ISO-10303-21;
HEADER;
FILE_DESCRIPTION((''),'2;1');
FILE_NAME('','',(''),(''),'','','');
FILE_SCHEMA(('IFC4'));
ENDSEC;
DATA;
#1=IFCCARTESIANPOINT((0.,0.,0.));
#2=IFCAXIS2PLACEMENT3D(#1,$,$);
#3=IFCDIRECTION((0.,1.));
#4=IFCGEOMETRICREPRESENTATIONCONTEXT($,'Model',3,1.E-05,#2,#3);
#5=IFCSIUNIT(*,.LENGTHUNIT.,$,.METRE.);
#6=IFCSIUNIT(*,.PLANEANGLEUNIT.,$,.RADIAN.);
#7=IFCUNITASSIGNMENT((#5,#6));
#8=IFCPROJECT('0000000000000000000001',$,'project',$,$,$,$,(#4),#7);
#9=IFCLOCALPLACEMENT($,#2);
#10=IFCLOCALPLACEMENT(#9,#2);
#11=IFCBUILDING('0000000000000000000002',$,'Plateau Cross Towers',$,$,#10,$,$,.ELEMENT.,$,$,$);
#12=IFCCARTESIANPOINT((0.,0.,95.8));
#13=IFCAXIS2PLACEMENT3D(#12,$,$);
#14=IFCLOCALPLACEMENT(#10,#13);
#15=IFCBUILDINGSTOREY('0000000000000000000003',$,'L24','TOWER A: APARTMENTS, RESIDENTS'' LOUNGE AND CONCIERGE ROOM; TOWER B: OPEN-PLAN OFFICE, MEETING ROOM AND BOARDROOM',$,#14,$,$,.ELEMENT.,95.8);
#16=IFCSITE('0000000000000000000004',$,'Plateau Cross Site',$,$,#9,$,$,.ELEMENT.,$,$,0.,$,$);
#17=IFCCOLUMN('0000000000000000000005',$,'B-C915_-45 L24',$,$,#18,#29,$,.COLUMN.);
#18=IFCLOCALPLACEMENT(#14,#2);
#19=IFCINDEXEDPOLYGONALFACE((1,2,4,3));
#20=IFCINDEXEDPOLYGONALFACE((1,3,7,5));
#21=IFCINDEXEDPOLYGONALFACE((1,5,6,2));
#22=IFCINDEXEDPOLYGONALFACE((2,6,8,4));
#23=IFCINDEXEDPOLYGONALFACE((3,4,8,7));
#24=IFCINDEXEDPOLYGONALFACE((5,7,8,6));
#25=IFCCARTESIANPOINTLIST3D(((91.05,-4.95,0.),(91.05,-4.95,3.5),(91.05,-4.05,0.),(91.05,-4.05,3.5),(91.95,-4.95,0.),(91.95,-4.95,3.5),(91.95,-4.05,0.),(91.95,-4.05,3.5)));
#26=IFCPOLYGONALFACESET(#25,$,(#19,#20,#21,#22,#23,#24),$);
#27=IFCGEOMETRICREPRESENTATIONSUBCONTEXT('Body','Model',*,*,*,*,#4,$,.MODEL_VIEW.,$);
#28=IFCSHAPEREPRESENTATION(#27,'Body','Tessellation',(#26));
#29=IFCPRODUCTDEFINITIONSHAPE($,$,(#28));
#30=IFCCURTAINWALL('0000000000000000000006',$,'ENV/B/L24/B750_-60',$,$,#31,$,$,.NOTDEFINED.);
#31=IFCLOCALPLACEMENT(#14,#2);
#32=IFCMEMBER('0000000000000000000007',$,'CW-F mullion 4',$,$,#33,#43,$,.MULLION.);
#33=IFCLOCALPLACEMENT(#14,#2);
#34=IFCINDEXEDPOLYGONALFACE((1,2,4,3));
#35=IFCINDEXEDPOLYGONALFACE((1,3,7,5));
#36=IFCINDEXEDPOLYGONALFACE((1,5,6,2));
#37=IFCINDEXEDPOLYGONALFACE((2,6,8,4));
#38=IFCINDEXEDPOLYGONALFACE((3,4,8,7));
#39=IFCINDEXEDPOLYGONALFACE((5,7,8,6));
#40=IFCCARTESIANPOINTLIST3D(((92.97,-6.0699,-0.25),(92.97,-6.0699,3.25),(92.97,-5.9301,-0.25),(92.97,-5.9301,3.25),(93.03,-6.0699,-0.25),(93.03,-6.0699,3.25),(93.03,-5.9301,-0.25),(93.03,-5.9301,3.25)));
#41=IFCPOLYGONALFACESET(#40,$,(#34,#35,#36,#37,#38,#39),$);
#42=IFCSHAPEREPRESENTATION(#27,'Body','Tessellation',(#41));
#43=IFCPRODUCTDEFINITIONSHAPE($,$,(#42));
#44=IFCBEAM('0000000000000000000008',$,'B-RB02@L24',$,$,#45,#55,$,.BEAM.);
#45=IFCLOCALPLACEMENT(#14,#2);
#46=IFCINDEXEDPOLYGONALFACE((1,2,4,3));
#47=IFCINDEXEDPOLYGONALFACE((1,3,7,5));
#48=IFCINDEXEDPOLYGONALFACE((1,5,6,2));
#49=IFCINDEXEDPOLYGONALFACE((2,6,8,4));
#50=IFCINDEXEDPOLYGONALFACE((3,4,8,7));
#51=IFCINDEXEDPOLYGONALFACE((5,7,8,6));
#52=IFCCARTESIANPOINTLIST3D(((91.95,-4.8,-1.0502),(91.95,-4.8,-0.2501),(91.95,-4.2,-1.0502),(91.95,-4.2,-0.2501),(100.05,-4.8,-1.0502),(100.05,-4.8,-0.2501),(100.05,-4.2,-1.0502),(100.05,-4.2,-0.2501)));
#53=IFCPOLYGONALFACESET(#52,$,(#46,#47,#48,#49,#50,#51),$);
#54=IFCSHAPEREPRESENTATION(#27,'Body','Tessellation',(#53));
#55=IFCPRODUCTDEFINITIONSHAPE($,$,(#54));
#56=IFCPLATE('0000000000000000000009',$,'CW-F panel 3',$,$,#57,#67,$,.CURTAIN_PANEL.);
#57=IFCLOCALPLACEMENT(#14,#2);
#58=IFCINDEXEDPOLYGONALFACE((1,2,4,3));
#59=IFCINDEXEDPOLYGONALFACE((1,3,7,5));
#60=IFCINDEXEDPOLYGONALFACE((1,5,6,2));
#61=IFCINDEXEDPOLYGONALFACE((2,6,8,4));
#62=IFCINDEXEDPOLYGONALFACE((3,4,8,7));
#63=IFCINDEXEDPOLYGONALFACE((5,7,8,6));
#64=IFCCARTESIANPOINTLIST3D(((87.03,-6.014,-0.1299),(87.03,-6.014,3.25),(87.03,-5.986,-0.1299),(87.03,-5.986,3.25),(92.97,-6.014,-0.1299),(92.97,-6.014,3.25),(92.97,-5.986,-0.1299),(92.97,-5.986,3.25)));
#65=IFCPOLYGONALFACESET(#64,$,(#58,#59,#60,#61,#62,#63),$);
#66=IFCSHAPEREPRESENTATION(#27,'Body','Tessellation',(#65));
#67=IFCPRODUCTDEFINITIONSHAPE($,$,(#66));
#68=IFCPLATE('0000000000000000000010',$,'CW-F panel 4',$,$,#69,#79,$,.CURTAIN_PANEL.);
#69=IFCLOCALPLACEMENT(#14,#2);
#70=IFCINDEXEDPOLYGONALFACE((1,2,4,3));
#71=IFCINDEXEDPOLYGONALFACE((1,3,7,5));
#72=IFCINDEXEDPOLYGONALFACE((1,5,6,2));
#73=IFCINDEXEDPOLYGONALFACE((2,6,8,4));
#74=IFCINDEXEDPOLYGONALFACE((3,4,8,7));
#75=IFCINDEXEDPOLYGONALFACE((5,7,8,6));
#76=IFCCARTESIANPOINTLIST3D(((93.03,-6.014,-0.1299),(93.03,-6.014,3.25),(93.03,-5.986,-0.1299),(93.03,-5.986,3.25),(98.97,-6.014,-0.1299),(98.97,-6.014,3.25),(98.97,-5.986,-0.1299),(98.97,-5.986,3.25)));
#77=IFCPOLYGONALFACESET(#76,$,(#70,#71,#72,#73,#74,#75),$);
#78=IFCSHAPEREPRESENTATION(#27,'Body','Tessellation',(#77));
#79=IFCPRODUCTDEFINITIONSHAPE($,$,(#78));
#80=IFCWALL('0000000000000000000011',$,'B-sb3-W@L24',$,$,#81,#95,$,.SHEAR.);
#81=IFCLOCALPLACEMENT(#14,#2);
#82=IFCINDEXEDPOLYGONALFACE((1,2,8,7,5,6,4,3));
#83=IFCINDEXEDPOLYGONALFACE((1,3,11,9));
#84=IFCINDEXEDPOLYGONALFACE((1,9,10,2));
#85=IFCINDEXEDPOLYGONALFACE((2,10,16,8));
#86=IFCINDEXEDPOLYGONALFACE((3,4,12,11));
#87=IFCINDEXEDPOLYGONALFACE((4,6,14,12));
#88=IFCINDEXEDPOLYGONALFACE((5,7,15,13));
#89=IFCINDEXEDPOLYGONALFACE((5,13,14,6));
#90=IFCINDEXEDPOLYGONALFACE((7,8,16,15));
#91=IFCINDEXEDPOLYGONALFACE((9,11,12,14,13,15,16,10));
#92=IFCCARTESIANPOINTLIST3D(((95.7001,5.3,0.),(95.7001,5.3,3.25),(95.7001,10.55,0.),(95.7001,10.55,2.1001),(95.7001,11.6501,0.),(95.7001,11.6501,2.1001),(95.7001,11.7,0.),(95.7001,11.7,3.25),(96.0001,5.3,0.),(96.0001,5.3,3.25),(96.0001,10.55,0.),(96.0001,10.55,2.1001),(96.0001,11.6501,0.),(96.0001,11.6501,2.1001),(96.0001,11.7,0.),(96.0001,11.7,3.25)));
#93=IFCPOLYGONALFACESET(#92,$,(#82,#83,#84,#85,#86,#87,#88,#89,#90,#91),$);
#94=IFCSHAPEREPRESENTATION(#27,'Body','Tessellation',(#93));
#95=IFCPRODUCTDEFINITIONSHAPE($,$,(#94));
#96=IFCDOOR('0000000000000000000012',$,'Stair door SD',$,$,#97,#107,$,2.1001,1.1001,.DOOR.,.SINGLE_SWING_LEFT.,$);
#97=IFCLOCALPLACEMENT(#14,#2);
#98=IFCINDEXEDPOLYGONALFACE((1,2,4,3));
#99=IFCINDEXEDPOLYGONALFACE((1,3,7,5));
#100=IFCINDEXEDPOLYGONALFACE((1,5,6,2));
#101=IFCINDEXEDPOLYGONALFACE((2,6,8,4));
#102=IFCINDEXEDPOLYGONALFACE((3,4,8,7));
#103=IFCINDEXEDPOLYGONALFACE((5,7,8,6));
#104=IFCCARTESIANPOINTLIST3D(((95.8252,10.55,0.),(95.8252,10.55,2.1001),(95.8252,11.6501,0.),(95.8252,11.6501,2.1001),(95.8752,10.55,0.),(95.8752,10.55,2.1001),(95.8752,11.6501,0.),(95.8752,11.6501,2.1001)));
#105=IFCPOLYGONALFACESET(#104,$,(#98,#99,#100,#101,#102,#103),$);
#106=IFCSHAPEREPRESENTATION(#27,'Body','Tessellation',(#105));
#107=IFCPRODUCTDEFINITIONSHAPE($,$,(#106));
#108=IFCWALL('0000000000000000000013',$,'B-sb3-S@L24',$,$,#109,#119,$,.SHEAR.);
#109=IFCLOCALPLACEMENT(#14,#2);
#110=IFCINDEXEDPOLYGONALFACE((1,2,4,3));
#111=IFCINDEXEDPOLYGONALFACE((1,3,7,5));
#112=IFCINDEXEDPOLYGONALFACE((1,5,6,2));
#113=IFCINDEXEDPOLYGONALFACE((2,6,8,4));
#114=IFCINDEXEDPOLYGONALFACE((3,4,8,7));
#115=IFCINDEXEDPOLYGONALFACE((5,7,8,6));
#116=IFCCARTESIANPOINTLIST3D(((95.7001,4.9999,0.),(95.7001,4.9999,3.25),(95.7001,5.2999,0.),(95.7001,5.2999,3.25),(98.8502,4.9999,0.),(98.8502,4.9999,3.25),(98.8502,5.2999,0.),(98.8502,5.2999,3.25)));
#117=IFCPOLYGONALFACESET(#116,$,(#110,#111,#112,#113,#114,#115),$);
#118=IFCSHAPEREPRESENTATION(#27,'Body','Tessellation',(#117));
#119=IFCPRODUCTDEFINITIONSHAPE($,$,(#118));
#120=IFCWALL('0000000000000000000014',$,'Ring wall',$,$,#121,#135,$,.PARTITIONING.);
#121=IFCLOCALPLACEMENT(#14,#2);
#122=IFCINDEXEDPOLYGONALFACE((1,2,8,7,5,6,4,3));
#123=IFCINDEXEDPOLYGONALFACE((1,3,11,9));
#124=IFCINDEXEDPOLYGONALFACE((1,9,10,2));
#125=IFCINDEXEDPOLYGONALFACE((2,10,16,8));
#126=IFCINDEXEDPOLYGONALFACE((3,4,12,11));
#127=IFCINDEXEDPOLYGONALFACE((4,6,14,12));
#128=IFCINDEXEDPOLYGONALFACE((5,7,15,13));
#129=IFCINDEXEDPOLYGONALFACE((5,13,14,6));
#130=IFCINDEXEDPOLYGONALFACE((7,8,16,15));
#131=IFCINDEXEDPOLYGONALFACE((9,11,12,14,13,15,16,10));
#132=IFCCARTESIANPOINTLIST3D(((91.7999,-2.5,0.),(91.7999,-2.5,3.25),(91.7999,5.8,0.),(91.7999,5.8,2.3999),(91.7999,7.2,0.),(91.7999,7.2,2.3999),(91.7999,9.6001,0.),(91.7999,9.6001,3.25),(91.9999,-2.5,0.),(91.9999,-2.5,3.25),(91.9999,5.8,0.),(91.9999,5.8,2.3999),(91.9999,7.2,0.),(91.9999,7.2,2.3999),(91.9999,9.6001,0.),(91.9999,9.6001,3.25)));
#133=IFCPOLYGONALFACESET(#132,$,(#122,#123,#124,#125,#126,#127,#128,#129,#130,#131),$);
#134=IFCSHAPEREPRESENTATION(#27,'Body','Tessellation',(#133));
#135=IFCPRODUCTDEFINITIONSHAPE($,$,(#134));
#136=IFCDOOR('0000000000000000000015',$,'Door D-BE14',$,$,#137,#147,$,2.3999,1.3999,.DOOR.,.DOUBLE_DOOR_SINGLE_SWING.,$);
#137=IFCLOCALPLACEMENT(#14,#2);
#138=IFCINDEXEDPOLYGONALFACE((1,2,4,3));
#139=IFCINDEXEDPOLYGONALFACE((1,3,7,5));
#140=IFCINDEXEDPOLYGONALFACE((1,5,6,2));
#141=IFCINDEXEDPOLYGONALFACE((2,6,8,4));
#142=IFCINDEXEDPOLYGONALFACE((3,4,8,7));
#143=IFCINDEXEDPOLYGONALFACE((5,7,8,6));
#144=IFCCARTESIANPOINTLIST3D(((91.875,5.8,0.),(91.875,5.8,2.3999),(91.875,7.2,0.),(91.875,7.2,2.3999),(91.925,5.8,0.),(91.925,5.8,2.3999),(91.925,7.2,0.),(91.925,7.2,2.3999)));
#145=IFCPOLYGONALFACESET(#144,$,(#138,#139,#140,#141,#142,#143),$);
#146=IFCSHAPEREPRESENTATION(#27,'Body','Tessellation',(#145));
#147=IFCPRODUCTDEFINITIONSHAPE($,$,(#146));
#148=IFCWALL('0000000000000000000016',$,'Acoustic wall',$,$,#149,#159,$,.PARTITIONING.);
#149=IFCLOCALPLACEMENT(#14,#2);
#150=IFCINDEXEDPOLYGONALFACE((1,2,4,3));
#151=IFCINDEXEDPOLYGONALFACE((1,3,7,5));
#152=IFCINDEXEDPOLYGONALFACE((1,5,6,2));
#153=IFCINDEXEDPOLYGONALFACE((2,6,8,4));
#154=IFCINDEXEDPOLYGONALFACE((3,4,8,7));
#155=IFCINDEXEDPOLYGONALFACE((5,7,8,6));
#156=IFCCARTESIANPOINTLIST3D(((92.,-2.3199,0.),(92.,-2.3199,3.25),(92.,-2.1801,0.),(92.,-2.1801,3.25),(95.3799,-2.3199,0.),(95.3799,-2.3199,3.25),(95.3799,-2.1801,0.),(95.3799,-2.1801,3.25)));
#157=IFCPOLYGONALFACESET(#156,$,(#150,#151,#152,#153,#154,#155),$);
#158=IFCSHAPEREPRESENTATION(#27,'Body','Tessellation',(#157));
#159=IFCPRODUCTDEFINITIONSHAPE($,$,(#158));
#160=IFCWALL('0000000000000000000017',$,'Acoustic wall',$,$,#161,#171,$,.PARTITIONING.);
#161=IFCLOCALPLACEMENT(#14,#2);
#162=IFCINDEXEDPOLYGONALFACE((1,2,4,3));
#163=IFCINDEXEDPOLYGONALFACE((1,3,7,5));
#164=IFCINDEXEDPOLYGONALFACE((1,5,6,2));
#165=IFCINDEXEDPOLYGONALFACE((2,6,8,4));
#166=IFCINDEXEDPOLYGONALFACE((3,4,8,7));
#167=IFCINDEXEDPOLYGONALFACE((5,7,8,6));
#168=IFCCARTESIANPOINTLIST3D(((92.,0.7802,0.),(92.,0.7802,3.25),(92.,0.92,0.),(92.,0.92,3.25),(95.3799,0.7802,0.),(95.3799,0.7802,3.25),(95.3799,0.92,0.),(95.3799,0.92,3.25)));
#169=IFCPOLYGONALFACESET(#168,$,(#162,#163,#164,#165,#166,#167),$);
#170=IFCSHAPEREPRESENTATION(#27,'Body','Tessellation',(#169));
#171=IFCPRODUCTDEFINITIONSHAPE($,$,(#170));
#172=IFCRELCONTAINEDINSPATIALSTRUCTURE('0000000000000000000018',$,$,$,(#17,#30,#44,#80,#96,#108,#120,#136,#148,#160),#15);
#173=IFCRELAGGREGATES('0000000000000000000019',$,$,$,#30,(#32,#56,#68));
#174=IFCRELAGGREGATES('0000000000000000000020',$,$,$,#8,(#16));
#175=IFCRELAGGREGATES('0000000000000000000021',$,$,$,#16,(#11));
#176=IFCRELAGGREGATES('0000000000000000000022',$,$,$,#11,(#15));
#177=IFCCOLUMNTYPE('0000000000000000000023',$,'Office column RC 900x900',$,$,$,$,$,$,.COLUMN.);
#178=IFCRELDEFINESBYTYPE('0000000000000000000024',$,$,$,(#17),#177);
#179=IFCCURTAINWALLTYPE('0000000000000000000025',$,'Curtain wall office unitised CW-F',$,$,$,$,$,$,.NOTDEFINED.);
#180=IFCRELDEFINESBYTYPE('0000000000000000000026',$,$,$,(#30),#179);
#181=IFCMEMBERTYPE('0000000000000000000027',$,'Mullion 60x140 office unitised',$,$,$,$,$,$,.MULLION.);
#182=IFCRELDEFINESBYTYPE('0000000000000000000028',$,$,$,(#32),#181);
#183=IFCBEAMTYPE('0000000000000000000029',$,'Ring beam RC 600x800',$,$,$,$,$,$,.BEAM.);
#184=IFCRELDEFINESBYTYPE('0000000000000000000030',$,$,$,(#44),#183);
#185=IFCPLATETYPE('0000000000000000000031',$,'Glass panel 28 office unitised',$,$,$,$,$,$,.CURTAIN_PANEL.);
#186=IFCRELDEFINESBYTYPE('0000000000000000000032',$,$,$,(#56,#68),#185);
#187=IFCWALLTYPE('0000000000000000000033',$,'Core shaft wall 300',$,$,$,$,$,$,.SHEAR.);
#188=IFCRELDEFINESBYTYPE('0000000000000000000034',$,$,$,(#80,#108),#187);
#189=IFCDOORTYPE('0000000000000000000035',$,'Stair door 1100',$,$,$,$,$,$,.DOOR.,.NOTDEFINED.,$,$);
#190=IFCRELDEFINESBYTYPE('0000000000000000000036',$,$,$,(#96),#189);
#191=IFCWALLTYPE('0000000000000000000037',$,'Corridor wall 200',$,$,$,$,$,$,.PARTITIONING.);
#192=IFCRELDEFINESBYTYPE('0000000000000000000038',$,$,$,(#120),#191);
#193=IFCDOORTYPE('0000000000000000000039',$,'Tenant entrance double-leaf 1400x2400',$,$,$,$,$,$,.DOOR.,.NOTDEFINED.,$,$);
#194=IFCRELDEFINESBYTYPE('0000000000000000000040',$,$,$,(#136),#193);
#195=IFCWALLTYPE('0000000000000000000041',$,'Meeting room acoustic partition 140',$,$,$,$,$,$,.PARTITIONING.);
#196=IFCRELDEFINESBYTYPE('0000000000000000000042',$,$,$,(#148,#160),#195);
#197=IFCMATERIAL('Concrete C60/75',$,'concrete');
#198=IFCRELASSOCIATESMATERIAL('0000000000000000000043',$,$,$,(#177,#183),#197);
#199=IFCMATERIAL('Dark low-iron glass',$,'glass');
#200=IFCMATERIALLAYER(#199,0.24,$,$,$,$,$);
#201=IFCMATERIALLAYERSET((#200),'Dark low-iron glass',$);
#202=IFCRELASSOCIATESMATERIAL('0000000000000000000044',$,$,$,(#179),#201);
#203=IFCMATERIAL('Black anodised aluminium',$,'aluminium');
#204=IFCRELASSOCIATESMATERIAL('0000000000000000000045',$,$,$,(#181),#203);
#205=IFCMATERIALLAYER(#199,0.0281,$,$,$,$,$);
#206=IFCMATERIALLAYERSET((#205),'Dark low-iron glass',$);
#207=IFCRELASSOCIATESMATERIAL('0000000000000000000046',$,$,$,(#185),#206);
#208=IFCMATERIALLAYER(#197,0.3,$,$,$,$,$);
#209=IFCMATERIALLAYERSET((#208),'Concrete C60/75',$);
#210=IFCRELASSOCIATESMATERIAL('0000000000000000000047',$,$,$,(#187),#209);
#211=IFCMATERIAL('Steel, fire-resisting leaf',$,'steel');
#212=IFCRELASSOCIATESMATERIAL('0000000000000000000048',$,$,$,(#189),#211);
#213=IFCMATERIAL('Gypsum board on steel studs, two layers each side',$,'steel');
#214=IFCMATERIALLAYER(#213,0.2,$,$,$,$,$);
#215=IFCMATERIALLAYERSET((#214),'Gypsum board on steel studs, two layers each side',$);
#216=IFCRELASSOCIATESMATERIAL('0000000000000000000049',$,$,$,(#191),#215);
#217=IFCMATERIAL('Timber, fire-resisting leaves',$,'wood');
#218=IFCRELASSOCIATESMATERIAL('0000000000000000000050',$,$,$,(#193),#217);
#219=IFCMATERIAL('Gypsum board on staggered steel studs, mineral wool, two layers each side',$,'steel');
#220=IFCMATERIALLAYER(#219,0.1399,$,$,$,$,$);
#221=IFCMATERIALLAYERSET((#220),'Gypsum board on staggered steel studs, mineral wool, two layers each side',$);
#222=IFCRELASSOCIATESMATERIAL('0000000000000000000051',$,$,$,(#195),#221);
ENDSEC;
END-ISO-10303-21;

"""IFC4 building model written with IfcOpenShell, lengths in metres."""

from ifc_helpers import new_model, si_unit, direction, frame, frame_2d, origin, origin_2d, place, context, subcontext, project, spatial, rectangle, extrude, material, layer, layer_set, material_profile, profile_set, type_object, element, fill, aggregate, save


model = new_model("IFC4")

# Units and contexts
model_context = context("Model", 3, precision=1e-05, world=origin(), true_north=direction((0.0, 1.0)))
body_context = subcontext(model_context, "Body", "Model", "MODEL_VIEW")
ifc_project = project(units=[si_unit("LENGTHUNIT", "METRE"), si_unit("PLANEANGLEUNIT", "RADIAN")], contexts=[model_context])

# Site, building, storey
site_placement = place(None, origin())
site = spatial("IfcSite", under=ifc_project, at=site_placement, Name="Plateau Cross Site", CompositionType="ELEMENT", RefElevation=0.0)
building_placement = place(site_placement, origin())
building = spatial("IfcBuilding", under=site, at=building_placement, Name="Plateau Cross Towers", CompositionType="ELEMENT")
storey_placement = place(building_placement, frame((0.0, 0.0, 95.8)))
storey = spatial("IfcBuildingStorey", under=building, at=storey_placement, Name="L24", Description="TOWER A: APARTMENTS, RESIDENTS' LOUNGE AND CONCIERGE ROOM; TOWER B: OPEN-PLAN OFFICE, MEETING ROOM AND BOARDROOM", CompositionType="ELEMENT", Elevation=95.8)

# Column
ifc_material_1 = material(Name="Concrete C60/75", Category="concrete")
ifc_material_profile_1 = material_profile(ifc_material_1, rectangle(XDim=0.8999, YDim=0.8999, at=origin_2d()), Name="RC 900x900")
ifc_profile_set_1 = profile_set([ifc_material_profile_1], Name="Concrete C60/75")
column_type = type_object("IfcColumnType", Name="Office column RC 900x900", PredefinedType="COLUMN", material=ifc_profile_set_1)
column_placement = place(storey_placement, frame((91.5, -4.5, 0.0), z_axis=(0.0, 0.0, 1.0), x_axis=(1.0, 0.0, 0.0)))
element("IfcColumn", 1, at=column_placement, inside=storey, type_object=column_type, Name="B-C915_-45 L24", PredefinedType="COLUMN", context=body_context, shape_type="SweptSolid", body=[
    extrude(rectangle(XDim=0.8999, YDim=0.8999, at=origin_2d()), origin(), (0.0, 0.0, 1.0), 3.5),
])

# Curtain wall, member
ifc_material_2 = material(Name="Dark low-iron glass", Category="glass")
ifc_layer_1 = layer(ifc_material_2, 0.24)
ifc_layer_set_1 = layer_set([ifc_layer_1], Name="Dark low-iron glass")
curtain_wall_type = type_object("IfcCurtainWallType", Name="Curtain wall office unitised CW-F", PredefinedType="NOTDEFINED", material=ifc_layer_set_1)
curtain_wall_placement = place(storey_placement, origin())
curtain_wall = element("IfcCurtainWall", 2, at=curtain_wall_placement, inside=storey, type_object=curtain_wall_type, Name="ENV/B/L24/B750_-60", PredefinedType="NOTDEFINED")
ifc_material_3 = material(Name="Black anodised aluminium", Category="aluminium")
ifc_material_profile_2 = material_profile(ifc_material_3, rectangle(XDim=0.0601, YDim=0.1399, at=origin_2d()), Name="MULLION 60x140")
ifc_profile_set_2 = profile_set([ifc_material_profile_2], Name="Black anodised aluminium")
member_type = type_object("IfcMemberType", Name="Mullion 60x140 office unitised", PredefinedType="MULLION", material=ifc_profile_set_2)
member_placement = place(storey_placement, frame((93.0, -6.0, -0.25), z_axis=(0.0, 0.0, 1.0), x_axis=(1.0, 0.0, 0.0)))
member = element("IfcMember", 3, at=member_placement, type_object=member_type, Name="CW-F mullion 4", PredefinedType="MULLION", context=body_context, shape_type="SweptSolid", body=[
    extrude(rectangle(XDim=0.0601, YDim=0.1399, at=origin_2d()), origin(), (0.0, 0.0, 1.0), 3.5),
])

# Beam
ifc_material_profile_3 = material_profile(ifc_material_1, rectangle(XDim=0.6001, YDim=0.8, at=origin_2d()), Name="RC 600x800")
ifc_profile_set_3 = profile_set([ifc_material_profile_3], Name="Concrete C60/75")
beam_type = type_object("IfcBeamType", Name="Ring beam RC 600x800", PredefinedType="BEAM", material=ifc_profile_set_3)
beam_placement = place(storey_placement, frame((91.95, -4.5, -0.6501), z_axis=(1.0, 0.0, 0.0), x_axis=(0.0, 1.0, 0.0)))
element("IfcBeam", 4, at=beam_placement, inside=storey, type_object=beam_type, Name="B-RB02@L24", PredefinedType="BEAM", context=body_context, shape_type="SweptSolid", body=[
    extrude(rectangle(XDim=0.6001, YDim=0.8, at=origin_2d()), origin(), (0.0, 0.0, 1.0), 8.1001),
])

# Plates
ifc_layer_2 = layer(ifc_material_2, 0.0281)
ifc_layer_set_2 = layer_set([ifc_layer_2], Name="Dark low-iron glass")
plate_type = type_object("IfcPlateType", Name="Glass panel 28 office unitised", PredefinedType="CURTAIN_PANEL", material=ifc_layer_set_2)
plate_1_placement = place(storey_placement, frame((90.0, -6.0, -0.1299), z_axis=(0.0, 0.0, 1.0), x_axis=(1.0, 0.0, 0.0)))
plate_1 = element("IfcPlate", 5, at=plate_1_placement, type_object=plate_type, Name="CW-F panel 3", PredefinedType="CURTAIN_PANEL", context=body_context, shape_type="SweptSolid", body=[
    extrude(rectangle(XDim=5.9399, YDim=0.0281, at=origin_2d()), origin(), (0.0, 0.0, 1.0), 3.3799),
])
plate_2_placement = place(storey_placement, frame((96.0, -6.0, -0.1299), z_axis=(0.0, 0.0, 1.0), x_axis=(1.0, 0.0, 0.0)))
plate_2 = element("IfcPlate", 6, at=plate_2_placement, type_object=plate_type, Name="CW-F panel 4", PredefinedType="CURTAIN_PANEL", context=body_context, shape_type="SweptSolid", body=[
    extrude(rectangle(XDim=5.9399, YDim=0.0281, at=origin_2d()), origin(), (0.0, 0.0, 1.0), 3.3799),
])
aggregate(curtain_wall, [member, plate_1, plate_2])

# Wall, opening, door
ifc_layer_3 = layer(ifc_material_1, 0.3)
ifc_layer_set_3 = layer_set([ifc_layer_3], Name="Concrete C60/75")
wall_type_1 = type_object("IfcWallType", Name="Core shaft wall 300", PredefinedType="SHEAR", material=ifc_layer_set_3)
wall_1_placement = place(storey_placement, frame((95.8501, 5.3, 0.0), z_axis=(0.0, 0.0, 1.0), x_axis=(0.0, 1.0, 0.0)))
wall_1 = element("IfcWall", 7, at=wall_1_placement, inside=storey, type_object=wall_type_1, Name="B-sb3-W@L24", PredefinedType="SHEAR", context=body_context, shape_type="SweptSolid", body=[
    extrude(rectangle(XDim=6.3999, YDim=0.3, at=frame_2d((3.2, 0.0))), origin(), (0.0, 0.0, 1.0), 3.25),
])
opening_1_placement = place(wall_1_placement, frame((5.25, 0.0, 0.0)))
opening_1 = element("IfcOpeningElement", 8, at=opening_1_placement, cuts=wall_1, PredefinedType="OPENING", context=body_context, shape_type="SweptSolid", body=[
    extrude(rectangle(XDim=1.1001, YDim=2.1001, at=frame_2d((0.55, 1.05))), frame((0.0, 0.1599, 0.0), z_axis=(0.0, -1.0, 0.0), x_axis=(1.0, 0.0, 0.0)), (0.0, 0.0, 1.0), 0.3201),
])
ifc_material_4 = material(Name="Steel, fire-resisting leaf", Category="steel")
door_type_1 = type_object("IfcDoorType", Name="Stair door 1100", OperationType="NOTDEFINED", PredefinedType="DOOR", material=ifc_material_4)
door_1_placement = place(opening_1_placement, origin())
door_1 = element("IfcDoor", 9, at=door_1_placement, inside=storey, type_object=door_type_1, Name="Stair door SD", OperationType="SINGLE_SWING_LEFT", OverallHeight=2.1001, OverallWidth=1.1001, PredefinedType="DOOR", context=body_context, shape_type="SweptSolid", body=[
    extrude(rectangle(XDim=1.1001, YDim=2.1001, at=frame_2d((0.55, 1.05))), frame((0.0, 0.0249, 0.0), z_axis=(0.0, -1.0, 0.0), x_axis=(1.0, 0.0, 0.0)), (0.0, 0.0, 1.0), 0.05),
])
fill(opening_1, door_1)

# Wall
wall_2_placement = place(storey_placement, frame((95.7, 5.1499, 0.0), z_axis=(0.0, 0.0, 1.0), x_axis=(1.0, 0.0, 0.0)))
element("IfcWall", 10, at=wall_2_placement, inside=storey, type_object=wall_type_1, Name="B-sb3-S@L24", PredefinedType="SHEAR", context=body_context, shape_type="SweptSolid", body=[
    extrude(rectangle(XDim=3.1501, YDim=0.3, at=frame_2d((1.5752, 0.0))), origin(), (0.0, 0.0, 1.0), 3.25),
])

# Wall, opening, door
ifc_material_5 = material(Name="Gypsum board on steel studs, two layers each side", Category="steel")
ifc_layer_4 = layer(ifc_material_5, 0.2)
ifc_layer_set_4 = layer_set([ifc_layer_4], Name="Gypsum board on steel studs, two layers each side")
wall_type_2 = type_object("IfcWallType", Name="Corridor wall 200", PredefinedType="PARTITIONING", material=ifc_layer_set_4)
wall_3_placement = place(storey_placement, frame((91.8999, -2.5, 0.0), z_axis=(0.0, 0.0, 1.0), x_axis=(0.0, 1.0, 0.0)))
wall_3 = element("IfcWall", 11, at=wall_3_placement, inside=storey, type_object=wall_type_2, Name="Ring wall", PredefinedType="PARTITIONING", context=body_context, shape_type="SweptSolid", body=[
    extrude(rectangle(XDim=12.1001, YDim=0.2, at=frame_2d((6.05, 0.0))), origin(), (0.0, 0.0, 1.0), 3.25),
])
opening_2_placement = place(wall_3_placement, frame((8.3, 0.0, 0.0)))
opening_2 = element("IfcOpeningElement", 12, at=opening_2_placement, cuts=wall_3, PredefinedType="OPENING", context=body_context, shape_type="SweptSolid", body=[
    extrude(rectangle(XDim=1.3999, YDim=2.3999, at=frame_2d((0.7, 1.2))), frame((0.0, 0.1099, 0.0), z_axis=(0.0, -1.0, 0.0), x_axis=(1.0, 0.0, 0.0)), (0.0, 0.0, 1.0), 0.22),
])
ifc_material_6 = material(Name="Timber, fire-resisting leaves", Category="wood")
door_type_2 = type_object("IfcDoorType", Name="Tenant entrance double-leaf 1400x2400", OperationType="NOTDEFINED", PredefinedType="DOOR", material=ifc_material_6)
door_2_placement = place(opening_2_placement, origin())
door_2 = element("IfcDoor", 13, at=door_2_placement, inside=storey, type_object=door_type_2, Name="Door D-BE14", OperationType="DOUBLE_DOOR_SINGLE_SWING", OverallHeight=2.3999, OverallWidth=1.3999, PredefinedType="DOOR", context=body_context, shape_type="SweptSolid", body=[
    extrude(rectangle(XDim=1.3999, YDim=2.3999, at=frame_2d((0.7, 1.2))), frame((0.0, 0.0249, 0.0), z_axis=(0.0, -1.0, 0.0), x_axis=(1.0, 0.0, 0.0)), (0.0, 0.0, 1.0), 0.05),
])
fill(opening_2, door_2)
ifc_material_7 = material(Name="Gypsum board on staggered steel studs, mineral wool, two layers each side", Category="steel")
ifc_layer_5 = layer(ifc_material_7, 0.1399)
ifc_layer_set_5 = layer_set([ifc_layer_5], Name="Gypsum board on staggered steel studs, mineral wool, two layers each side")
wall_type_3 = type_object("IfcWallType", Name="Meeting room acoustic partition 140", PredefinedType="PARTITIONING", material=ifc_layer_set_5)

# Wall
wall_4_placement = place(storey_placement, frame((92.0, -2.25, 0.0), z_axis=(0.0, 0.0, 1.0), x_axis=(1.0, 0.0, 0.0)))
element("IfcWall", 14, at=wall_4_placement, inside=storey, type_object=wall_type_3, Name="Acoustic wall", PredefinedType="PARTITIONING", context=body_context, shape_type="SweptSolid", body=[
    extrude(rectangle(XDim=3.3799, YDim=0.1399, at=frame_2d((1.6899, 0.0))), origin(), (0.0, 0.0, 1.0), 3.25),
])

# Wall
wall_5_placement = place(storey_placement, frame((92.0, 0.8501, 0.0), z_axis=(0.0, 0.0, 1.0), x_axis=(1.0, 0.0, 0.0)))
element("IfcWall", 15, at=wall_5_placement, inside=storey, type_object=wall_type_3, Name="Acoustic wall", PredefinedType="PARTITIONING", context=body_context, shape_type="SweptSolid", body=[
    extrude(rectangle(XDim=3.3799, YDim=0.1399, at=frame_2d((1.6899, 0.0))), origin(), (0.0, 0.0, 1.0), 3.25),
])

save(model, "model.ifc")
